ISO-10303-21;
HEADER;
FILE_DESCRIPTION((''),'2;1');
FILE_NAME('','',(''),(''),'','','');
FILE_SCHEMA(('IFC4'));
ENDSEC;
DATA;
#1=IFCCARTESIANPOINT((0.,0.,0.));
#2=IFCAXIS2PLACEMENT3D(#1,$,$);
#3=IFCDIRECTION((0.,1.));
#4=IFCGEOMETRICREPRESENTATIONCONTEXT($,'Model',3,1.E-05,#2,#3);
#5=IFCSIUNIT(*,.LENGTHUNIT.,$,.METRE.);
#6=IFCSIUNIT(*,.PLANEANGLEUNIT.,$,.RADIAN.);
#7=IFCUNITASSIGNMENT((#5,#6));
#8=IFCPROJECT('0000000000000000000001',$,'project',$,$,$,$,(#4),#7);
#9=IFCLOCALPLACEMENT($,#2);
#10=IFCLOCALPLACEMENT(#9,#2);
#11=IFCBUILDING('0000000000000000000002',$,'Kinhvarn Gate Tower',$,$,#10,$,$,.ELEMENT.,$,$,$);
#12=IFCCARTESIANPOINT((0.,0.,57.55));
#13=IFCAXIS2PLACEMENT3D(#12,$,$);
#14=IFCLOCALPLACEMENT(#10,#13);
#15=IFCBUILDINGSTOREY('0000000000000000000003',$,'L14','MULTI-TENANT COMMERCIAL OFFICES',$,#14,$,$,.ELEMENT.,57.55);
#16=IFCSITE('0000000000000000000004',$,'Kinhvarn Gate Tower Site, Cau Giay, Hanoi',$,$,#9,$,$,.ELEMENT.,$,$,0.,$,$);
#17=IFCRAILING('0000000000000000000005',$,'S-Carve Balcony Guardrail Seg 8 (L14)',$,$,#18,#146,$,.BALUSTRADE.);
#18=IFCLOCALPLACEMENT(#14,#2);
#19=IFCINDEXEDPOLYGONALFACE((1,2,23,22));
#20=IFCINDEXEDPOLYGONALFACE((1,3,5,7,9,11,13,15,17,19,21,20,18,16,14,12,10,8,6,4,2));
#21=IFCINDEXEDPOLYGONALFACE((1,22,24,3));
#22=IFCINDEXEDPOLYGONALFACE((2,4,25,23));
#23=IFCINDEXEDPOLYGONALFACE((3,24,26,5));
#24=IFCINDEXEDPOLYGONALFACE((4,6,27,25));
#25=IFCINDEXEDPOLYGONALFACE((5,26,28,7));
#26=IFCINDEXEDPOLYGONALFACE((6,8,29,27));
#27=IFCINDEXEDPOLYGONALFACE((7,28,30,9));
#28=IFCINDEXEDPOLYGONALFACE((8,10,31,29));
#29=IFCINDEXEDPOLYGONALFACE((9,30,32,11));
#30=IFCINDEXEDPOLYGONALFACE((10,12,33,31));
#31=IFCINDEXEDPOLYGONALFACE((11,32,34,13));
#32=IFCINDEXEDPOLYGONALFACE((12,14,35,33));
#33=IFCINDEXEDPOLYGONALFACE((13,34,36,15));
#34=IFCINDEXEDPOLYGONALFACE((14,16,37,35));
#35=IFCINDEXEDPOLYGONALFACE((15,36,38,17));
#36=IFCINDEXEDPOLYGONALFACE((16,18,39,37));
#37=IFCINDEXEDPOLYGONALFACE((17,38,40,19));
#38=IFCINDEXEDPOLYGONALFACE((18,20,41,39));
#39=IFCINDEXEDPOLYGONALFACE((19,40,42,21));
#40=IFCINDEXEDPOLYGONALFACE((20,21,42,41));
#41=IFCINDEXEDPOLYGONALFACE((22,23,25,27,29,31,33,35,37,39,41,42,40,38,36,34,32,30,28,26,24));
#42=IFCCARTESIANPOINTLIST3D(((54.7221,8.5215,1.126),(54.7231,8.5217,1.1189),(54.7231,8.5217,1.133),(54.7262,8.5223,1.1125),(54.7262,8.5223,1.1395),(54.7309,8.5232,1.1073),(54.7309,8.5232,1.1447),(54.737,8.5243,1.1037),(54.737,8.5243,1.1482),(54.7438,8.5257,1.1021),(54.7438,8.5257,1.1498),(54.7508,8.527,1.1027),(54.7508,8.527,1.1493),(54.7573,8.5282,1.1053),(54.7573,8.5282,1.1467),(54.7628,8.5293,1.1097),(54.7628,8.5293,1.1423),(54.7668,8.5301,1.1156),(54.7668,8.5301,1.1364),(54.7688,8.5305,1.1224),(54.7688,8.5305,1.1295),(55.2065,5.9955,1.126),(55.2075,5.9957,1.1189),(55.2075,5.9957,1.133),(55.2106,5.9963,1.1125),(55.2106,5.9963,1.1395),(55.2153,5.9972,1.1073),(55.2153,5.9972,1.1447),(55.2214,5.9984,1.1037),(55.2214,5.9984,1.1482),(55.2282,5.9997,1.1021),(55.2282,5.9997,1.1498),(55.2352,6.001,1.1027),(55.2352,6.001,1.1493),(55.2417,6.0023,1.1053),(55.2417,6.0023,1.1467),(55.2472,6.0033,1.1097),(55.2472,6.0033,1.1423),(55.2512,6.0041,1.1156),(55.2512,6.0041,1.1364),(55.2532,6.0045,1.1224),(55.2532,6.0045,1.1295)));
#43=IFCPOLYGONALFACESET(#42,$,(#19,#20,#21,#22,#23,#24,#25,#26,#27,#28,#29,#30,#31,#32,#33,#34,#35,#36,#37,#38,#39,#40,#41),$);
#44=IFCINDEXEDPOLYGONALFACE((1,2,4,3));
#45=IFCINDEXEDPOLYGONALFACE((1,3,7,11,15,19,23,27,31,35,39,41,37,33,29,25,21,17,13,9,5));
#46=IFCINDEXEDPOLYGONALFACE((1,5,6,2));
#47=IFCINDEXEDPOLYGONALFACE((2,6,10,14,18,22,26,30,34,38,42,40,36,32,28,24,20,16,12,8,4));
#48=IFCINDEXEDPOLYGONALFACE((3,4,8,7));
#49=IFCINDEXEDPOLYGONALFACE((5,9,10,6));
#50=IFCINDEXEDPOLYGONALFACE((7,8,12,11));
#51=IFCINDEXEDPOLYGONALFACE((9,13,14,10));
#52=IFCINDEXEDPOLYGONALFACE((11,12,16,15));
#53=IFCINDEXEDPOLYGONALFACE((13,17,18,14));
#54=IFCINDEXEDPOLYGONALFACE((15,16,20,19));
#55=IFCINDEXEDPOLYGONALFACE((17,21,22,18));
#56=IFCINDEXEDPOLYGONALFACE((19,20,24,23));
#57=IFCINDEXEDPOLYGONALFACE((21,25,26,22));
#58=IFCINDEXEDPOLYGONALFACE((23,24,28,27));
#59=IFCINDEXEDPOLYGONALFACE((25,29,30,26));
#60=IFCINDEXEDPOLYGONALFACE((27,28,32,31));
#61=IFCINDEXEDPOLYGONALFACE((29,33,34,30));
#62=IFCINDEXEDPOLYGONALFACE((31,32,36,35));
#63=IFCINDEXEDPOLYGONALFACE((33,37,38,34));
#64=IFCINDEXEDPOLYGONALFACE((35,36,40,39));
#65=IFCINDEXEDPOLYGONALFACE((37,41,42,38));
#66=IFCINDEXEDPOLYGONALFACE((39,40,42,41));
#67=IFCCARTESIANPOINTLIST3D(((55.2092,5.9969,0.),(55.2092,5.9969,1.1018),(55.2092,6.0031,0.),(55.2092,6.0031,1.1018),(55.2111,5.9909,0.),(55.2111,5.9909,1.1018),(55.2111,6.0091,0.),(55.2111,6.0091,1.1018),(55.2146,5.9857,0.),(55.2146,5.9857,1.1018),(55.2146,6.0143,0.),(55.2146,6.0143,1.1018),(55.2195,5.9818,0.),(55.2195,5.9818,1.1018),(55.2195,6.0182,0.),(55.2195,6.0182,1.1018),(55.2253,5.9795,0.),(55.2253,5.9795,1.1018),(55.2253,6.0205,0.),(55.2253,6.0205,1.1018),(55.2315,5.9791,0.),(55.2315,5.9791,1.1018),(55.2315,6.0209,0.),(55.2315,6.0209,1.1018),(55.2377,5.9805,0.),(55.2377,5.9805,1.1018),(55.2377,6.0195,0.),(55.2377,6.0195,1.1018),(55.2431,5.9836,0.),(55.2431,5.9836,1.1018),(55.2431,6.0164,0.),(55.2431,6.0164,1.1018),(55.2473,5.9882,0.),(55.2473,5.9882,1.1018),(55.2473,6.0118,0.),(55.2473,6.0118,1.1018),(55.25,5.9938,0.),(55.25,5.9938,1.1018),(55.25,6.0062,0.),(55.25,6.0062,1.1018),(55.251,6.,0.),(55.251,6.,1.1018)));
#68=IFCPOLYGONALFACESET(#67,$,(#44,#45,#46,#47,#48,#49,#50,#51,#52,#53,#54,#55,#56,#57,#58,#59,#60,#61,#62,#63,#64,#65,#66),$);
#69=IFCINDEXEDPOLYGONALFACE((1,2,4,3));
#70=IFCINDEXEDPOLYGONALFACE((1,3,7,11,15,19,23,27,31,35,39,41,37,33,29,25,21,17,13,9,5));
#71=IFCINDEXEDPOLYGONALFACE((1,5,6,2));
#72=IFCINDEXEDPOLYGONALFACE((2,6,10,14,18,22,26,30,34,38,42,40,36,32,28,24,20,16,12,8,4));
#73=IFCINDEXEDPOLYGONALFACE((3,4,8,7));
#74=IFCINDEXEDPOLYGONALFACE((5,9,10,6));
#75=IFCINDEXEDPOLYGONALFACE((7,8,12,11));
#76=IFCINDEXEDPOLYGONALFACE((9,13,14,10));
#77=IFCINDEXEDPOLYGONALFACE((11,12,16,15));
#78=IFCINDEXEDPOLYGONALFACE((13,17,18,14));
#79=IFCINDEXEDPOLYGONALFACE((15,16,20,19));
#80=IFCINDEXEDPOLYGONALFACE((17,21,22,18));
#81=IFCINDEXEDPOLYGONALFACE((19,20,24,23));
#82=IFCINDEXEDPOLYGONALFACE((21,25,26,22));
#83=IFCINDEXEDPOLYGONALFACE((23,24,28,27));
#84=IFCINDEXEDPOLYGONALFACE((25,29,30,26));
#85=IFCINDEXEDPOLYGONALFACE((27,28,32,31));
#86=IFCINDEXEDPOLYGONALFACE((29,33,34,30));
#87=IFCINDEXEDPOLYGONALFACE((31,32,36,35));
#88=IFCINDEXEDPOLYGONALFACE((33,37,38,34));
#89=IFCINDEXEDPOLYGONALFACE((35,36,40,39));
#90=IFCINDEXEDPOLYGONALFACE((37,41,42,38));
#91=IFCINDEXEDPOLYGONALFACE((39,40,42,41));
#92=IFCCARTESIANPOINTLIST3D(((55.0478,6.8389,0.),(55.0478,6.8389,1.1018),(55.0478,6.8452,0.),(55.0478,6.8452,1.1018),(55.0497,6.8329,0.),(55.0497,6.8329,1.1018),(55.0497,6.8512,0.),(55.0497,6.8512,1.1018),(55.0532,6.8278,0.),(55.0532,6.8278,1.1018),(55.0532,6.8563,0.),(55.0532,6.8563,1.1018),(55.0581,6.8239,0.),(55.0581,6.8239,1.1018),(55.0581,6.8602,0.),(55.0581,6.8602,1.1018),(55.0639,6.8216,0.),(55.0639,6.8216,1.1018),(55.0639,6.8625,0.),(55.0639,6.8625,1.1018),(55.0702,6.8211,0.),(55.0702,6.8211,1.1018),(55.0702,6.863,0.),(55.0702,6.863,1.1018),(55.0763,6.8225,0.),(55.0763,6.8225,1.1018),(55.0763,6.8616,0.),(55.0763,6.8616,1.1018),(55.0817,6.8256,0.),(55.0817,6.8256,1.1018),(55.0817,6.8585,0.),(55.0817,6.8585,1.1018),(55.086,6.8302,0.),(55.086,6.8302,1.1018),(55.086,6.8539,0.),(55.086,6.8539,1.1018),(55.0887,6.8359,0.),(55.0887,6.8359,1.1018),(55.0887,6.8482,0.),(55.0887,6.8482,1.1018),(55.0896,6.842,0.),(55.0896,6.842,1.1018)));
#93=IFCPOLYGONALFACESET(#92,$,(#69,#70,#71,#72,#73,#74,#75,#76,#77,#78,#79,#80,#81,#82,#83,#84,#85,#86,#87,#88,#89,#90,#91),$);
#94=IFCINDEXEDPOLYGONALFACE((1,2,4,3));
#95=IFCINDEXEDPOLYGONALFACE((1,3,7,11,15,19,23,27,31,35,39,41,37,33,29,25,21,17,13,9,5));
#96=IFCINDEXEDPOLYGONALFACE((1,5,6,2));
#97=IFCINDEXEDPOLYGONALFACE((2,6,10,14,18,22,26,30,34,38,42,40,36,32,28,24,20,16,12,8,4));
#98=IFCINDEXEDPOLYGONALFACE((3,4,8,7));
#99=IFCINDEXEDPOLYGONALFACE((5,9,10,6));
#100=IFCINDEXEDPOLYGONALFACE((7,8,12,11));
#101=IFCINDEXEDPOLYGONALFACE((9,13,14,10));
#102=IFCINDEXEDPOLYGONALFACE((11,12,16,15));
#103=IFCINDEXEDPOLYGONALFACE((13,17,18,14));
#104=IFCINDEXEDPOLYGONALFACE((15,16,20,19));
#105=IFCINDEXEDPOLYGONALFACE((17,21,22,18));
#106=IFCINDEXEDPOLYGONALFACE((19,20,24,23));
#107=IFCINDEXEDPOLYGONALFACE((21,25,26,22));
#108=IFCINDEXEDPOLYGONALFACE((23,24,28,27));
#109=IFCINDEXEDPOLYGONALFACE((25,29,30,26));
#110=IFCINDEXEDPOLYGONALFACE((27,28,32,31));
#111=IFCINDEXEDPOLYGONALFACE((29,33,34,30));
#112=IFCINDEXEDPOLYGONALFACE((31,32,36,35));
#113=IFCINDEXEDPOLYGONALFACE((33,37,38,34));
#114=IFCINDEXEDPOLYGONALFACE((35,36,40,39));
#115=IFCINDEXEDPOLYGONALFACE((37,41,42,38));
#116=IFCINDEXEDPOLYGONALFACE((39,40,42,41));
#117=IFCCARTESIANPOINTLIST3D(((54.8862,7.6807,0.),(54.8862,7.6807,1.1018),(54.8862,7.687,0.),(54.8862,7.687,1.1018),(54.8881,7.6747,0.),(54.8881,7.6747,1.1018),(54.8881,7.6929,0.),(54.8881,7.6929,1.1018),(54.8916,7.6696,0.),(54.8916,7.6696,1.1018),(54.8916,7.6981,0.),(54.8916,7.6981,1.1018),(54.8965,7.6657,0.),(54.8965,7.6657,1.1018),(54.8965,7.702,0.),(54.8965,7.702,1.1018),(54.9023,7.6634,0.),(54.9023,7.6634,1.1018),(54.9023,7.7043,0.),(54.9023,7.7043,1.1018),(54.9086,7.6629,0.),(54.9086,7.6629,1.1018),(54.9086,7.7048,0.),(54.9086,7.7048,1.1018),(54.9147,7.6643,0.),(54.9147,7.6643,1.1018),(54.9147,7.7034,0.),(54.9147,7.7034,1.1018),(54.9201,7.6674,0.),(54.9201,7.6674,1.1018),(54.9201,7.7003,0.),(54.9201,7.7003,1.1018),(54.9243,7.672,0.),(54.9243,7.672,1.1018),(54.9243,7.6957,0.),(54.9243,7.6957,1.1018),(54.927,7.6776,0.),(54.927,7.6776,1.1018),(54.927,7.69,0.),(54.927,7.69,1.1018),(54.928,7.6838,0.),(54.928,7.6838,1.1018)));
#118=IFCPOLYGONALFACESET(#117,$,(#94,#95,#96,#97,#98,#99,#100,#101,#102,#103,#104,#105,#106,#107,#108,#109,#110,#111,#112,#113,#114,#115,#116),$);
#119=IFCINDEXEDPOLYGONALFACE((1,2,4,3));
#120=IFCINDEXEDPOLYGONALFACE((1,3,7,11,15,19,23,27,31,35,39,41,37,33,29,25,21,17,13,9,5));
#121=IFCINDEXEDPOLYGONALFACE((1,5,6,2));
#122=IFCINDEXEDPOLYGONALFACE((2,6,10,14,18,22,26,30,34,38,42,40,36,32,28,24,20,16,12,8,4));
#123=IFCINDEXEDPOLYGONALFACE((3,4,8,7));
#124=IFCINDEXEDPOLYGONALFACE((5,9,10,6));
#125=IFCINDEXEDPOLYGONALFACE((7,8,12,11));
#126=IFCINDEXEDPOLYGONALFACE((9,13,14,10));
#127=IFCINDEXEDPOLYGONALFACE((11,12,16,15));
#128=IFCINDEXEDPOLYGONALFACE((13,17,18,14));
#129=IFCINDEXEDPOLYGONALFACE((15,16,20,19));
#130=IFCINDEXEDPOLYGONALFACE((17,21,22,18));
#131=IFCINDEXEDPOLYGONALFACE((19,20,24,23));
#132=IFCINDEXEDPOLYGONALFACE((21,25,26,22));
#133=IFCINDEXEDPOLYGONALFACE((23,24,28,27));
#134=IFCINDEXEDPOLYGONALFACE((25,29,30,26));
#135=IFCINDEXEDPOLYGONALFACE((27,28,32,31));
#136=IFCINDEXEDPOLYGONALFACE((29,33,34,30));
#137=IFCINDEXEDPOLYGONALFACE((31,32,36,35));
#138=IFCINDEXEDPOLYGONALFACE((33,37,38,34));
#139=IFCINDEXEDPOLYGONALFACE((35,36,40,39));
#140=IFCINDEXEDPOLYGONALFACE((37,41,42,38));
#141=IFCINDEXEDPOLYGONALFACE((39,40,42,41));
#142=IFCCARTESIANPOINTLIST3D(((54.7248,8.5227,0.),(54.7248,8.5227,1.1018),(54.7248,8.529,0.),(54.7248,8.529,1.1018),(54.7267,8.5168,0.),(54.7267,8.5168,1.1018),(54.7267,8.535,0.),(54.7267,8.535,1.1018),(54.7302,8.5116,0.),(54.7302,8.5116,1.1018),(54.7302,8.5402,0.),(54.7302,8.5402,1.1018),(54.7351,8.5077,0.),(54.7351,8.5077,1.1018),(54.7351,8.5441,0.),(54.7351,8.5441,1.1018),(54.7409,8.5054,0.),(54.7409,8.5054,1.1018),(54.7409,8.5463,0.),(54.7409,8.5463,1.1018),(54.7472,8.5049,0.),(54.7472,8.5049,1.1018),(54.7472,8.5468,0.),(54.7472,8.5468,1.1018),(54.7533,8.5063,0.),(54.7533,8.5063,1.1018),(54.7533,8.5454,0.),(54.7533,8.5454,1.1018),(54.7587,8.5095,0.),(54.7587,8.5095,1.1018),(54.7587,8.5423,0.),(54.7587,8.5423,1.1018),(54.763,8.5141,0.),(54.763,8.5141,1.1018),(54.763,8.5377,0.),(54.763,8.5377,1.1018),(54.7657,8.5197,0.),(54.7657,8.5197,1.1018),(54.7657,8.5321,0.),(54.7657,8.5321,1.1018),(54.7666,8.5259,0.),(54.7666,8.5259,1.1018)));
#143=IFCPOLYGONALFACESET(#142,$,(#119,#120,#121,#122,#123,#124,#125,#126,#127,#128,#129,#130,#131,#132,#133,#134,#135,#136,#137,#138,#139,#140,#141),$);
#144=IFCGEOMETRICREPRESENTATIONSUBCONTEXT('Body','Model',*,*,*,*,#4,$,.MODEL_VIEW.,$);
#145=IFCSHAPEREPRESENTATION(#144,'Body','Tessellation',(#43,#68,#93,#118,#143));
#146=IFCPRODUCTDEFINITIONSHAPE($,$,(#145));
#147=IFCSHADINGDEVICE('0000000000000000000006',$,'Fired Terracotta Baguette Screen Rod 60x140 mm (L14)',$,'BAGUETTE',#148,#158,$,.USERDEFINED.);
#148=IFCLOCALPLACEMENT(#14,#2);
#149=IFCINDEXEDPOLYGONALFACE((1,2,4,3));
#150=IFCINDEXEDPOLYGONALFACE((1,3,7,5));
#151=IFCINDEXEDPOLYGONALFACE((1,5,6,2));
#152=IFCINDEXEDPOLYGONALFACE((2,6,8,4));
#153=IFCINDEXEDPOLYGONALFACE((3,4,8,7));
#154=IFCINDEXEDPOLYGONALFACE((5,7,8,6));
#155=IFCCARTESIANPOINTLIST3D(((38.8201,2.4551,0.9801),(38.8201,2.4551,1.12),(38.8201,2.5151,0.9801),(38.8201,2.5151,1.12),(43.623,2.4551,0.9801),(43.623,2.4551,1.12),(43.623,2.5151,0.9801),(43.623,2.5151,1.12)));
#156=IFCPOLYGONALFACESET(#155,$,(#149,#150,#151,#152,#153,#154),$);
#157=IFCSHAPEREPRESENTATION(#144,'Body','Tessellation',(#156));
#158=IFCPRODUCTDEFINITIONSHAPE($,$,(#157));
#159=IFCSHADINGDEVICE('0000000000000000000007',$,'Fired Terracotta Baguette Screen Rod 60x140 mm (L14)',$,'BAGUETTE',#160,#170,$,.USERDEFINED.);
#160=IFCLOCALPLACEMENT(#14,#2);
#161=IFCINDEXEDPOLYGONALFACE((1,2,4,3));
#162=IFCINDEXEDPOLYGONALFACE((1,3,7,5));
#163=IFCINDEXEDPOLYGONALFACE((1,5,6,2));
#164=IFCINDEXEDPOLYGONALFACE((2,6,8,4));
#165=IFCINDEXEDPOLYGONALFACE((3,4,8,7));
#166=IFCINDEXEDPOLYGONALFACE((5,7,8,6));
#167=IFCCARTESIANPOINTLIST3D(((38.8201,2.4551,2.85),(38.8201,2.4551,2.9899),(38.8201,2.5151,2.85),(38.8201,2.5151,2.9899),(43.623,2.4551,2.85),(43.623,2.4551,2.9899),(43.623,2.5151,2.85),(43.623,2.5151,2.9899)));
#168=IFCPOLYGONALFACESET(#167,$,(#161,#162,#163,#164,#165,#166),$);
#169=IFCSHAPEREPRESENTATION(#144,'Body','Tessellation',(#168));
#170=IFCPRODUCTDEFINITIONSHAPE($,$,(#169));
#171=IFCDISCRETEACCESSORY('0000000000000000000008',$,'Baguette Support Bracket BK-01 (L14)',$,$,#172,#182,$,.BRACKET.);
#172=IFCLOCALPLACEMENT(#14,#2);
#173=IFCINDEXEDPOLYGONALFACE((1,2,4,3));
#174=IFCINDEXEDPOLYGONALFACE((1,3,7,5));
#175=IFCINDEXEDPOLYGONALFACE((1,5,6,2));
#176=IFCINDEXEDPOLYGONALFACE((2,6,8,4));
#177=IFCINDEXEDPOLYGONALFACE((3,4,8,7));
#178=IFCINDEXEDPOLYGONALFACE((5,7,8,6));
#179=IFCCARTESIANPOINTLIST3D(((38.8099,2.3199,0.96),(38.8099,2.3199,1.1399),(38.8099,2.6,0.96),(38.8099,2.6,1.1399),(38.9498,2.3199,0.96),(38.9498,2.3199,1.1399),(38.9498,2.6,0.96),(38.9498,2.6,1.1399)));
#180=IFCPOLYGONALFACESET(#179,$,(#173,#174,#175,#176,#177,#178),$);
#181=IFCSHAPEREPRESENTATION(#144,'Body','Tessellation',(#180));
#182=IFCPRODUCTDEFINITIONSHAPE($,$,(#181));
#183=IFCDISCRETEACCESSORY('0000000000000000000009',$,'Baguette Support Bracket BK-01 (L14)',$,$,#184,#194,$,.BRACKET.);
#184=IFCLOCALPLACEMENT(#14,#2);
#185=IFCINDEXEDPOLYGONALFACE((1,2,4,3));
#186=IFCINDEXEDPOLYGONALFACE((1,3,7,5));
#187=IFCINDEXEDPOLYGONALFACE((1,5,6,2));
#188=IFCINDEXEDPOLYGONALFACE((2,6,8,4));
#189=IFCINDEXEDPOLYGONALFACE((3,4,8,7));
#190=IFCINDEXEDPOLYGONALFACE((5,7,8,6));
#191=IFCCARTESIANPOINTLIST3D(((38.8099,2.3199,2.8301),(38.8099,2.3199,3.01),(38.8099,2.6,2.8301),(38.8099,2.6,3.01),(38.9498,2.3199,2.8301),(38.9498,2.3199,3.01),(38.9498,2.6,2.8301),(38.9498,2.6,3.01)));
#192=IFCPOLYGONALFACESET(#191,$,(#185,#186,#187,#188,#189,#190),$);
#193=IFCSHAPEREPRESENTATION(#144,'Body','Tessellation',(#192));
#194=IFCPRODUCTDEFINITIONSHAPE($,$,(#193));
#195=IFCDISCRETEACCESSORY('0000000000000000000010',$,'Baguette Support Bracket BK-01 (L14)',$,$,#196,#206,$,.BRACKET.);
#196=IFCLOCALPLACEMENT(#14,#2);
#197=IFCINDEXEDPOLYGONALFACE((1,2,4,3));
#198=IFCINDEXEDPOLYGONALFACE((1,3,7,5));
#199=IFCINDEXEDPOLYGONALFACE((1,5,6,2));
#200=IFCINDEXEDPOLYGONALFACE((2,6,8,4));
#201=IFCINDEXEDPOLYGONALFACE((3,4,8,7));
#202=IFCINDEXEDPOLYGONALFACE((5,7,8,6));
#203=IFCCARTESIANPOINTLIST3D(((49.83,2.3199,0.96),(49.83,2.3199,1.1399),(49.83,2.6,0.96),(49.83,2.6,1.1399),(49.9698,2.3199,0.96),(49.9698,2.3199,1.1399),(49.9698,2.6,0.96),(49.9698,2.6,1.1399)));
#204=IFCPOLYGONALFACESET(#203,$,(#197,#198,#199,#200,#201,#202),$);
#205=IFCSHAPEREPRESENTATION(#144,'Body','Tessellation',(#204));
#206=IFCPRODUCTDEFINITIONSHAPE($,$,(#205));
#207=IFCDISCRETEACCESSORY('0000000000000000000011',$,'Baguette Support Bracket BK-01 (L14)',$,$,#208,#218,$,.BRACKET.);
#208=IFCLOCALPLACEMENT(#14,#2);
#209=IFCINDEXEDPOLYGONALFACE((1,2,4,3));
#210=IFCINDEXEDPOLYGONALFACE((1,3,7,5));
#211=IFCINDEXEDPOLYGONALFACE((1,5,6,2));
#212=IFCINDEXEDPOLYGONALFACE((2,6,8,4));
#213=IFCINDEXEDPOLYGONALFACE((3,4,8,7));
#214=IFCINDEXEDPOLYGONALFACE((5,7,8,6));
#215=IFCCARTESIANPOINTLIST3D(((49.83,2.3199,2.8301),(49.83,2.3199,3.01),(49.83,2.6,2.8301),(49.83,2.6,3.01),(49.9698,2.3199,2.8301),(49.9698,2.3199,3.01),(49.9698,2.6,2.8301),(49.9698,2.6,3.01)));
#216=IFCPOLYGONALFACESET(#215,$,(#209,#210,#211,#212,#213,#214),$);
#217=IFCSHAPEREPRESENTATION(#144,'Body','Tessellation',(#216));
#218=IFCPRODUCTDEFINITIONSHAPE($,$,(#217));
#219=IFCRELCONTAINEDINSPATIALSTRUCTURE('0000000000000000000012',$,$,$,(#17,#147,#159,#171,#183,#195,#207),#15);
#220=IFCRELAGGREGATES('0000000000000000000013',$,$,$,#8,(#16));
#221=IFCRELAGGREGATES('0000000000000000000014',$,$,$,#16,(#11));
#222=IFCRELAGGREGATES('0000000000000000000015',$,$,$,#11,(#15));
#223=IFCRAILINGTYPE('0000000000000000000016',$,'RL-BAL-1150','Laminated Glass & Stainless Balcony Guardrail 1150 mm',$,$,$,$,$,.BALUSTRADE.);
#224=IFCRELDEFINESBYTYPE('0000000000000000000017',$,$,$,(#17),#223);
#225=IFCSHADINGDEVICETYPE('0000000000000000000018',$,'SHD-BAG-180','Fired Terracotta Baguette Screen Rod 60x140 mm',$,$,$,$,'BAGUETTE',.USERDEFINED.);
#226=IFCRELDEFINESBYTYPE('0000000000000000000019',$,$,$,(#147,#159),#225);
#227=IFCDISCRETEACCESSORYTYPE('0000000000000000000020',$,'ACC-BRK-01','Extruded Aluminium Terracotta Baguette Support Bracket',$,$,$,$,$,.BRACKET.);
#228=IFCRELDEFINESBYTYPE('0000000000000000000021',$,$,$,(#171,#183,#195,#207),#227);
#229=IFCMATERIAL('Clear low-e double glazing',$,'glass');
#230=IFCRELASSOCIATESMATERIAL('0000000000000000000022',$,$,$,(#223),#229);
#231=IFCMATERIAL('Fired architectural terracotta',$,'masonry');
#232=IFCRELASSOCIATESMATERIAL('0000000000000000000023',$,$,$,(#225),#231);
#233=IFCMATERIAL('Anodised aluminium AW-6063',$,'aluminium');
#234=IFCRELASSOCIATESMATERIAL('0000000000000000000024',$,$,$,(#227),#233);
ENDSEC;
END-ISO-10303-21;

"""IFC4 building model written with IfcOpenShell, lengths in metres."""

from ifc_helpers import new_model, si_unit, direction, frame, origin, origin_2d, place, context, subcontext, project, spatial, rectangle, circle, extrude, material, material_profile, profile_set, type_object, element, save


model = new_model("IFC4")

# Units and contexts
model_context = context("Model", 3, precision=1e-05, world=origin(), true_north=direction((0.0, 1.0)))
body_context = subcontext(model_context, "Body", "Model", "MODEL_VIEW")
ifc_project = project(units=[si_unit("LENGTHUNIT", "METRE"), si_unit("PLANEANGLEUNIT", "RADIAN")], contexts=[model_context])

# Site, building, storey
site_placement = place(None, origin())
site = spatial("IfcSite", under=ifc_project, at=site_placement, Name="Kinhvarn Gate Tower Site, Cau Giay, Hanoi", CompositionType="ELEMENT", RefElevation=0.0)
building_placement = place(site_placement, origin())
building = spatial("IfcBuilding", under=site, at=building_placement, Name="Kinhvarn Gate Tower", CompositionType="ELEMENT")
storey_placement = place(building_placement, frame((0.0, 0.0, 57.55)))
storey = spatial("IfcBuildingStorey", under=building, at=storey_placement, Name="L14", Description="MULTI-TENANT COMMERCIAL OFFICES", CompositionType="ELEMENT", Elevation=57.55)

# Shared definitions
ifc_material_1 = material(Name="Anodised aluminium AW-6063", Category="aluminium")

# Shared definitions
ifc_material_2 = material(Name="Clear low-e double glazing", Category="glass")

# Shared definitions
ifc_material_3 = material(Name="Fired architectural terracotta", Category="masonry")

# Railing
railing_type = type_object("IfcRailingType", Name="RL-BAL-1150", Description="Laminated Glass & Stainless Balcony Guardrail 1150 mm", PredefinedType="BALUSTRADE", material=ifc_material_2)
railing_1_placement = place(storey_placement, frame((55.23, 6.0, 0.0)))
element("IfcRailing", 1, at=railing_1_placement, inside=storey, type_object=railing_type, Name="S-Carve Balcony Guardrail Seg 8 (L14)", PredefinedType="BALUSTRADE", context=body_context, shape_type="SweptSolid", body=[
    extrude(circle(Radius=0.0239, at=origin_2d()), frame((0.0, 0.0, 1.126), z_axis=(-0.188333, 0.982105, 0.0), x_axis=(-0.982105, -0.188333, 0.0)), (0.0, 0.0, 1.0), 2.572),
    extrude(circle(Radius=0.021, at=origin_2d()), origin(), (0.0, 0.0, 1.0), 1.1018),
    extrude(circle(Radius=0.021, at=origin_2d()), frame((-0.1614, 0.842, 0.0)), (0.0, 0.0, 1.0), 1.1018),
    extrude(circle(Radius=0.021, at=origin_2d()), frame((-0.323, 1.6838, 0.0)), (0.0, 0.0, 1.0), 1.1018),
    extrude(circle(Radius=0.021, at=origin_2d()), frame((-0.4844, 2.5259, 0.0)), (0.0, 0.0, 1.0), 1.1018),
])

# Shading devices
ifc_material_profile_1 = material_profile(ifc_material_3, rectangle(XDim=0.0601, YDim=0.1399, at=origin_2d()), Name="TC 60x140")
ifc_profile_set_1 = profile_set([ifc_material_profile_1], Name="Fired architectural terracotta")
shading_device_type = type_object("IfcShadingDeviceType", Name="SHD-BAG-180", Description="Fired Terracotta Baguette Screen Rod 60x140 mm", ElementType="BAGUETTE", PredefinedType="USERDEFINED", material=ifc_profile_set_1)
for number, where, z_axis, x_axis, name in (
    (2, (38.8201, 2.4851, 1.05), (1.0, 0.0, 0.0), (0.0, 1.0, 0.0), "Fired Terracotta Baguette Screen Rod 60x140 mm (L14)"),
    (3, (38.8201, 2.4851, 2.9199), (1.0, 0.0, 0.0), (0.0, 1.0, 0.0), "Fired Terracotta Baguette Screen Rod 60x140 mm (L14)"),
):
    element("IfcShadingDevice", number, at=place(storey_placement, frame(where, z_axis=z_axis, x_axis=x_axis)), inside=storey, type_object=shading_device_type, Name=name, ObjectType="BAGUETTE", PredefinedType="USERDEFINED", context=body_context, shape_type="SweptSolid", body=[
        extrude(rectangle(XDim=0.0601, YDim=0.1399, at=origin_2d()), origin(), (0.0, 0.0, 1.0), 4.803),
    ])

# Discrete accessories
discrete_accessory_type = type_object("IfcDiscreteAccessoryType", Name="ACC-BRK-01", Description="Extruded Aluminium Terracotta Baguette Support Bracket", PredefinedType="BRACKET", material=ifc_material_1)
for number, where, z_axis, x_axis, name in (
    (4, (38.8799, 2.46, 0.96), (0.0, 0.0, 1.0), (1.0, 0.0, 0.0), "Baguette Support Bracket BK-01 (L14)"),
    (5, (38.8799, 2.46, 2.8301), (0.0, 0.0, 1.0), (1.0, 0.0, 0.0), "Baguette Support Bracket BK-01 (L14)"),
    (6, (49.8999, 2.46, 0.96), (0.0, 0.0, 1.0), (1.0, 0.0, 0.0), "Baguette Support Bracket BK-01 (L14)"),
    (7, (49.8999, 2.46, 2.8301), (0.0, 0.0, 1.0), (1.0, 0.0, 0.0), "Baguette Support Bracket BK-01 (L14)"),
):
    element("IfcDiscreteAccessory", number, at=place(storey_placement, frame(where, z_axis=z_axis, x_axis=x_axis)), inside=storey, type_object=discrete_accessory_type, Name=name, PredefinedType="BRACKET", context=body_context, shape_type="SweptSolid", body=[
        extrude(rectangle(XDim=0.1399, YDim=0.28, at=origin_2d()), origin(), (0.0, 0.0, 1.0), 0.1799),
    ])

save(model, "model.ifc")
